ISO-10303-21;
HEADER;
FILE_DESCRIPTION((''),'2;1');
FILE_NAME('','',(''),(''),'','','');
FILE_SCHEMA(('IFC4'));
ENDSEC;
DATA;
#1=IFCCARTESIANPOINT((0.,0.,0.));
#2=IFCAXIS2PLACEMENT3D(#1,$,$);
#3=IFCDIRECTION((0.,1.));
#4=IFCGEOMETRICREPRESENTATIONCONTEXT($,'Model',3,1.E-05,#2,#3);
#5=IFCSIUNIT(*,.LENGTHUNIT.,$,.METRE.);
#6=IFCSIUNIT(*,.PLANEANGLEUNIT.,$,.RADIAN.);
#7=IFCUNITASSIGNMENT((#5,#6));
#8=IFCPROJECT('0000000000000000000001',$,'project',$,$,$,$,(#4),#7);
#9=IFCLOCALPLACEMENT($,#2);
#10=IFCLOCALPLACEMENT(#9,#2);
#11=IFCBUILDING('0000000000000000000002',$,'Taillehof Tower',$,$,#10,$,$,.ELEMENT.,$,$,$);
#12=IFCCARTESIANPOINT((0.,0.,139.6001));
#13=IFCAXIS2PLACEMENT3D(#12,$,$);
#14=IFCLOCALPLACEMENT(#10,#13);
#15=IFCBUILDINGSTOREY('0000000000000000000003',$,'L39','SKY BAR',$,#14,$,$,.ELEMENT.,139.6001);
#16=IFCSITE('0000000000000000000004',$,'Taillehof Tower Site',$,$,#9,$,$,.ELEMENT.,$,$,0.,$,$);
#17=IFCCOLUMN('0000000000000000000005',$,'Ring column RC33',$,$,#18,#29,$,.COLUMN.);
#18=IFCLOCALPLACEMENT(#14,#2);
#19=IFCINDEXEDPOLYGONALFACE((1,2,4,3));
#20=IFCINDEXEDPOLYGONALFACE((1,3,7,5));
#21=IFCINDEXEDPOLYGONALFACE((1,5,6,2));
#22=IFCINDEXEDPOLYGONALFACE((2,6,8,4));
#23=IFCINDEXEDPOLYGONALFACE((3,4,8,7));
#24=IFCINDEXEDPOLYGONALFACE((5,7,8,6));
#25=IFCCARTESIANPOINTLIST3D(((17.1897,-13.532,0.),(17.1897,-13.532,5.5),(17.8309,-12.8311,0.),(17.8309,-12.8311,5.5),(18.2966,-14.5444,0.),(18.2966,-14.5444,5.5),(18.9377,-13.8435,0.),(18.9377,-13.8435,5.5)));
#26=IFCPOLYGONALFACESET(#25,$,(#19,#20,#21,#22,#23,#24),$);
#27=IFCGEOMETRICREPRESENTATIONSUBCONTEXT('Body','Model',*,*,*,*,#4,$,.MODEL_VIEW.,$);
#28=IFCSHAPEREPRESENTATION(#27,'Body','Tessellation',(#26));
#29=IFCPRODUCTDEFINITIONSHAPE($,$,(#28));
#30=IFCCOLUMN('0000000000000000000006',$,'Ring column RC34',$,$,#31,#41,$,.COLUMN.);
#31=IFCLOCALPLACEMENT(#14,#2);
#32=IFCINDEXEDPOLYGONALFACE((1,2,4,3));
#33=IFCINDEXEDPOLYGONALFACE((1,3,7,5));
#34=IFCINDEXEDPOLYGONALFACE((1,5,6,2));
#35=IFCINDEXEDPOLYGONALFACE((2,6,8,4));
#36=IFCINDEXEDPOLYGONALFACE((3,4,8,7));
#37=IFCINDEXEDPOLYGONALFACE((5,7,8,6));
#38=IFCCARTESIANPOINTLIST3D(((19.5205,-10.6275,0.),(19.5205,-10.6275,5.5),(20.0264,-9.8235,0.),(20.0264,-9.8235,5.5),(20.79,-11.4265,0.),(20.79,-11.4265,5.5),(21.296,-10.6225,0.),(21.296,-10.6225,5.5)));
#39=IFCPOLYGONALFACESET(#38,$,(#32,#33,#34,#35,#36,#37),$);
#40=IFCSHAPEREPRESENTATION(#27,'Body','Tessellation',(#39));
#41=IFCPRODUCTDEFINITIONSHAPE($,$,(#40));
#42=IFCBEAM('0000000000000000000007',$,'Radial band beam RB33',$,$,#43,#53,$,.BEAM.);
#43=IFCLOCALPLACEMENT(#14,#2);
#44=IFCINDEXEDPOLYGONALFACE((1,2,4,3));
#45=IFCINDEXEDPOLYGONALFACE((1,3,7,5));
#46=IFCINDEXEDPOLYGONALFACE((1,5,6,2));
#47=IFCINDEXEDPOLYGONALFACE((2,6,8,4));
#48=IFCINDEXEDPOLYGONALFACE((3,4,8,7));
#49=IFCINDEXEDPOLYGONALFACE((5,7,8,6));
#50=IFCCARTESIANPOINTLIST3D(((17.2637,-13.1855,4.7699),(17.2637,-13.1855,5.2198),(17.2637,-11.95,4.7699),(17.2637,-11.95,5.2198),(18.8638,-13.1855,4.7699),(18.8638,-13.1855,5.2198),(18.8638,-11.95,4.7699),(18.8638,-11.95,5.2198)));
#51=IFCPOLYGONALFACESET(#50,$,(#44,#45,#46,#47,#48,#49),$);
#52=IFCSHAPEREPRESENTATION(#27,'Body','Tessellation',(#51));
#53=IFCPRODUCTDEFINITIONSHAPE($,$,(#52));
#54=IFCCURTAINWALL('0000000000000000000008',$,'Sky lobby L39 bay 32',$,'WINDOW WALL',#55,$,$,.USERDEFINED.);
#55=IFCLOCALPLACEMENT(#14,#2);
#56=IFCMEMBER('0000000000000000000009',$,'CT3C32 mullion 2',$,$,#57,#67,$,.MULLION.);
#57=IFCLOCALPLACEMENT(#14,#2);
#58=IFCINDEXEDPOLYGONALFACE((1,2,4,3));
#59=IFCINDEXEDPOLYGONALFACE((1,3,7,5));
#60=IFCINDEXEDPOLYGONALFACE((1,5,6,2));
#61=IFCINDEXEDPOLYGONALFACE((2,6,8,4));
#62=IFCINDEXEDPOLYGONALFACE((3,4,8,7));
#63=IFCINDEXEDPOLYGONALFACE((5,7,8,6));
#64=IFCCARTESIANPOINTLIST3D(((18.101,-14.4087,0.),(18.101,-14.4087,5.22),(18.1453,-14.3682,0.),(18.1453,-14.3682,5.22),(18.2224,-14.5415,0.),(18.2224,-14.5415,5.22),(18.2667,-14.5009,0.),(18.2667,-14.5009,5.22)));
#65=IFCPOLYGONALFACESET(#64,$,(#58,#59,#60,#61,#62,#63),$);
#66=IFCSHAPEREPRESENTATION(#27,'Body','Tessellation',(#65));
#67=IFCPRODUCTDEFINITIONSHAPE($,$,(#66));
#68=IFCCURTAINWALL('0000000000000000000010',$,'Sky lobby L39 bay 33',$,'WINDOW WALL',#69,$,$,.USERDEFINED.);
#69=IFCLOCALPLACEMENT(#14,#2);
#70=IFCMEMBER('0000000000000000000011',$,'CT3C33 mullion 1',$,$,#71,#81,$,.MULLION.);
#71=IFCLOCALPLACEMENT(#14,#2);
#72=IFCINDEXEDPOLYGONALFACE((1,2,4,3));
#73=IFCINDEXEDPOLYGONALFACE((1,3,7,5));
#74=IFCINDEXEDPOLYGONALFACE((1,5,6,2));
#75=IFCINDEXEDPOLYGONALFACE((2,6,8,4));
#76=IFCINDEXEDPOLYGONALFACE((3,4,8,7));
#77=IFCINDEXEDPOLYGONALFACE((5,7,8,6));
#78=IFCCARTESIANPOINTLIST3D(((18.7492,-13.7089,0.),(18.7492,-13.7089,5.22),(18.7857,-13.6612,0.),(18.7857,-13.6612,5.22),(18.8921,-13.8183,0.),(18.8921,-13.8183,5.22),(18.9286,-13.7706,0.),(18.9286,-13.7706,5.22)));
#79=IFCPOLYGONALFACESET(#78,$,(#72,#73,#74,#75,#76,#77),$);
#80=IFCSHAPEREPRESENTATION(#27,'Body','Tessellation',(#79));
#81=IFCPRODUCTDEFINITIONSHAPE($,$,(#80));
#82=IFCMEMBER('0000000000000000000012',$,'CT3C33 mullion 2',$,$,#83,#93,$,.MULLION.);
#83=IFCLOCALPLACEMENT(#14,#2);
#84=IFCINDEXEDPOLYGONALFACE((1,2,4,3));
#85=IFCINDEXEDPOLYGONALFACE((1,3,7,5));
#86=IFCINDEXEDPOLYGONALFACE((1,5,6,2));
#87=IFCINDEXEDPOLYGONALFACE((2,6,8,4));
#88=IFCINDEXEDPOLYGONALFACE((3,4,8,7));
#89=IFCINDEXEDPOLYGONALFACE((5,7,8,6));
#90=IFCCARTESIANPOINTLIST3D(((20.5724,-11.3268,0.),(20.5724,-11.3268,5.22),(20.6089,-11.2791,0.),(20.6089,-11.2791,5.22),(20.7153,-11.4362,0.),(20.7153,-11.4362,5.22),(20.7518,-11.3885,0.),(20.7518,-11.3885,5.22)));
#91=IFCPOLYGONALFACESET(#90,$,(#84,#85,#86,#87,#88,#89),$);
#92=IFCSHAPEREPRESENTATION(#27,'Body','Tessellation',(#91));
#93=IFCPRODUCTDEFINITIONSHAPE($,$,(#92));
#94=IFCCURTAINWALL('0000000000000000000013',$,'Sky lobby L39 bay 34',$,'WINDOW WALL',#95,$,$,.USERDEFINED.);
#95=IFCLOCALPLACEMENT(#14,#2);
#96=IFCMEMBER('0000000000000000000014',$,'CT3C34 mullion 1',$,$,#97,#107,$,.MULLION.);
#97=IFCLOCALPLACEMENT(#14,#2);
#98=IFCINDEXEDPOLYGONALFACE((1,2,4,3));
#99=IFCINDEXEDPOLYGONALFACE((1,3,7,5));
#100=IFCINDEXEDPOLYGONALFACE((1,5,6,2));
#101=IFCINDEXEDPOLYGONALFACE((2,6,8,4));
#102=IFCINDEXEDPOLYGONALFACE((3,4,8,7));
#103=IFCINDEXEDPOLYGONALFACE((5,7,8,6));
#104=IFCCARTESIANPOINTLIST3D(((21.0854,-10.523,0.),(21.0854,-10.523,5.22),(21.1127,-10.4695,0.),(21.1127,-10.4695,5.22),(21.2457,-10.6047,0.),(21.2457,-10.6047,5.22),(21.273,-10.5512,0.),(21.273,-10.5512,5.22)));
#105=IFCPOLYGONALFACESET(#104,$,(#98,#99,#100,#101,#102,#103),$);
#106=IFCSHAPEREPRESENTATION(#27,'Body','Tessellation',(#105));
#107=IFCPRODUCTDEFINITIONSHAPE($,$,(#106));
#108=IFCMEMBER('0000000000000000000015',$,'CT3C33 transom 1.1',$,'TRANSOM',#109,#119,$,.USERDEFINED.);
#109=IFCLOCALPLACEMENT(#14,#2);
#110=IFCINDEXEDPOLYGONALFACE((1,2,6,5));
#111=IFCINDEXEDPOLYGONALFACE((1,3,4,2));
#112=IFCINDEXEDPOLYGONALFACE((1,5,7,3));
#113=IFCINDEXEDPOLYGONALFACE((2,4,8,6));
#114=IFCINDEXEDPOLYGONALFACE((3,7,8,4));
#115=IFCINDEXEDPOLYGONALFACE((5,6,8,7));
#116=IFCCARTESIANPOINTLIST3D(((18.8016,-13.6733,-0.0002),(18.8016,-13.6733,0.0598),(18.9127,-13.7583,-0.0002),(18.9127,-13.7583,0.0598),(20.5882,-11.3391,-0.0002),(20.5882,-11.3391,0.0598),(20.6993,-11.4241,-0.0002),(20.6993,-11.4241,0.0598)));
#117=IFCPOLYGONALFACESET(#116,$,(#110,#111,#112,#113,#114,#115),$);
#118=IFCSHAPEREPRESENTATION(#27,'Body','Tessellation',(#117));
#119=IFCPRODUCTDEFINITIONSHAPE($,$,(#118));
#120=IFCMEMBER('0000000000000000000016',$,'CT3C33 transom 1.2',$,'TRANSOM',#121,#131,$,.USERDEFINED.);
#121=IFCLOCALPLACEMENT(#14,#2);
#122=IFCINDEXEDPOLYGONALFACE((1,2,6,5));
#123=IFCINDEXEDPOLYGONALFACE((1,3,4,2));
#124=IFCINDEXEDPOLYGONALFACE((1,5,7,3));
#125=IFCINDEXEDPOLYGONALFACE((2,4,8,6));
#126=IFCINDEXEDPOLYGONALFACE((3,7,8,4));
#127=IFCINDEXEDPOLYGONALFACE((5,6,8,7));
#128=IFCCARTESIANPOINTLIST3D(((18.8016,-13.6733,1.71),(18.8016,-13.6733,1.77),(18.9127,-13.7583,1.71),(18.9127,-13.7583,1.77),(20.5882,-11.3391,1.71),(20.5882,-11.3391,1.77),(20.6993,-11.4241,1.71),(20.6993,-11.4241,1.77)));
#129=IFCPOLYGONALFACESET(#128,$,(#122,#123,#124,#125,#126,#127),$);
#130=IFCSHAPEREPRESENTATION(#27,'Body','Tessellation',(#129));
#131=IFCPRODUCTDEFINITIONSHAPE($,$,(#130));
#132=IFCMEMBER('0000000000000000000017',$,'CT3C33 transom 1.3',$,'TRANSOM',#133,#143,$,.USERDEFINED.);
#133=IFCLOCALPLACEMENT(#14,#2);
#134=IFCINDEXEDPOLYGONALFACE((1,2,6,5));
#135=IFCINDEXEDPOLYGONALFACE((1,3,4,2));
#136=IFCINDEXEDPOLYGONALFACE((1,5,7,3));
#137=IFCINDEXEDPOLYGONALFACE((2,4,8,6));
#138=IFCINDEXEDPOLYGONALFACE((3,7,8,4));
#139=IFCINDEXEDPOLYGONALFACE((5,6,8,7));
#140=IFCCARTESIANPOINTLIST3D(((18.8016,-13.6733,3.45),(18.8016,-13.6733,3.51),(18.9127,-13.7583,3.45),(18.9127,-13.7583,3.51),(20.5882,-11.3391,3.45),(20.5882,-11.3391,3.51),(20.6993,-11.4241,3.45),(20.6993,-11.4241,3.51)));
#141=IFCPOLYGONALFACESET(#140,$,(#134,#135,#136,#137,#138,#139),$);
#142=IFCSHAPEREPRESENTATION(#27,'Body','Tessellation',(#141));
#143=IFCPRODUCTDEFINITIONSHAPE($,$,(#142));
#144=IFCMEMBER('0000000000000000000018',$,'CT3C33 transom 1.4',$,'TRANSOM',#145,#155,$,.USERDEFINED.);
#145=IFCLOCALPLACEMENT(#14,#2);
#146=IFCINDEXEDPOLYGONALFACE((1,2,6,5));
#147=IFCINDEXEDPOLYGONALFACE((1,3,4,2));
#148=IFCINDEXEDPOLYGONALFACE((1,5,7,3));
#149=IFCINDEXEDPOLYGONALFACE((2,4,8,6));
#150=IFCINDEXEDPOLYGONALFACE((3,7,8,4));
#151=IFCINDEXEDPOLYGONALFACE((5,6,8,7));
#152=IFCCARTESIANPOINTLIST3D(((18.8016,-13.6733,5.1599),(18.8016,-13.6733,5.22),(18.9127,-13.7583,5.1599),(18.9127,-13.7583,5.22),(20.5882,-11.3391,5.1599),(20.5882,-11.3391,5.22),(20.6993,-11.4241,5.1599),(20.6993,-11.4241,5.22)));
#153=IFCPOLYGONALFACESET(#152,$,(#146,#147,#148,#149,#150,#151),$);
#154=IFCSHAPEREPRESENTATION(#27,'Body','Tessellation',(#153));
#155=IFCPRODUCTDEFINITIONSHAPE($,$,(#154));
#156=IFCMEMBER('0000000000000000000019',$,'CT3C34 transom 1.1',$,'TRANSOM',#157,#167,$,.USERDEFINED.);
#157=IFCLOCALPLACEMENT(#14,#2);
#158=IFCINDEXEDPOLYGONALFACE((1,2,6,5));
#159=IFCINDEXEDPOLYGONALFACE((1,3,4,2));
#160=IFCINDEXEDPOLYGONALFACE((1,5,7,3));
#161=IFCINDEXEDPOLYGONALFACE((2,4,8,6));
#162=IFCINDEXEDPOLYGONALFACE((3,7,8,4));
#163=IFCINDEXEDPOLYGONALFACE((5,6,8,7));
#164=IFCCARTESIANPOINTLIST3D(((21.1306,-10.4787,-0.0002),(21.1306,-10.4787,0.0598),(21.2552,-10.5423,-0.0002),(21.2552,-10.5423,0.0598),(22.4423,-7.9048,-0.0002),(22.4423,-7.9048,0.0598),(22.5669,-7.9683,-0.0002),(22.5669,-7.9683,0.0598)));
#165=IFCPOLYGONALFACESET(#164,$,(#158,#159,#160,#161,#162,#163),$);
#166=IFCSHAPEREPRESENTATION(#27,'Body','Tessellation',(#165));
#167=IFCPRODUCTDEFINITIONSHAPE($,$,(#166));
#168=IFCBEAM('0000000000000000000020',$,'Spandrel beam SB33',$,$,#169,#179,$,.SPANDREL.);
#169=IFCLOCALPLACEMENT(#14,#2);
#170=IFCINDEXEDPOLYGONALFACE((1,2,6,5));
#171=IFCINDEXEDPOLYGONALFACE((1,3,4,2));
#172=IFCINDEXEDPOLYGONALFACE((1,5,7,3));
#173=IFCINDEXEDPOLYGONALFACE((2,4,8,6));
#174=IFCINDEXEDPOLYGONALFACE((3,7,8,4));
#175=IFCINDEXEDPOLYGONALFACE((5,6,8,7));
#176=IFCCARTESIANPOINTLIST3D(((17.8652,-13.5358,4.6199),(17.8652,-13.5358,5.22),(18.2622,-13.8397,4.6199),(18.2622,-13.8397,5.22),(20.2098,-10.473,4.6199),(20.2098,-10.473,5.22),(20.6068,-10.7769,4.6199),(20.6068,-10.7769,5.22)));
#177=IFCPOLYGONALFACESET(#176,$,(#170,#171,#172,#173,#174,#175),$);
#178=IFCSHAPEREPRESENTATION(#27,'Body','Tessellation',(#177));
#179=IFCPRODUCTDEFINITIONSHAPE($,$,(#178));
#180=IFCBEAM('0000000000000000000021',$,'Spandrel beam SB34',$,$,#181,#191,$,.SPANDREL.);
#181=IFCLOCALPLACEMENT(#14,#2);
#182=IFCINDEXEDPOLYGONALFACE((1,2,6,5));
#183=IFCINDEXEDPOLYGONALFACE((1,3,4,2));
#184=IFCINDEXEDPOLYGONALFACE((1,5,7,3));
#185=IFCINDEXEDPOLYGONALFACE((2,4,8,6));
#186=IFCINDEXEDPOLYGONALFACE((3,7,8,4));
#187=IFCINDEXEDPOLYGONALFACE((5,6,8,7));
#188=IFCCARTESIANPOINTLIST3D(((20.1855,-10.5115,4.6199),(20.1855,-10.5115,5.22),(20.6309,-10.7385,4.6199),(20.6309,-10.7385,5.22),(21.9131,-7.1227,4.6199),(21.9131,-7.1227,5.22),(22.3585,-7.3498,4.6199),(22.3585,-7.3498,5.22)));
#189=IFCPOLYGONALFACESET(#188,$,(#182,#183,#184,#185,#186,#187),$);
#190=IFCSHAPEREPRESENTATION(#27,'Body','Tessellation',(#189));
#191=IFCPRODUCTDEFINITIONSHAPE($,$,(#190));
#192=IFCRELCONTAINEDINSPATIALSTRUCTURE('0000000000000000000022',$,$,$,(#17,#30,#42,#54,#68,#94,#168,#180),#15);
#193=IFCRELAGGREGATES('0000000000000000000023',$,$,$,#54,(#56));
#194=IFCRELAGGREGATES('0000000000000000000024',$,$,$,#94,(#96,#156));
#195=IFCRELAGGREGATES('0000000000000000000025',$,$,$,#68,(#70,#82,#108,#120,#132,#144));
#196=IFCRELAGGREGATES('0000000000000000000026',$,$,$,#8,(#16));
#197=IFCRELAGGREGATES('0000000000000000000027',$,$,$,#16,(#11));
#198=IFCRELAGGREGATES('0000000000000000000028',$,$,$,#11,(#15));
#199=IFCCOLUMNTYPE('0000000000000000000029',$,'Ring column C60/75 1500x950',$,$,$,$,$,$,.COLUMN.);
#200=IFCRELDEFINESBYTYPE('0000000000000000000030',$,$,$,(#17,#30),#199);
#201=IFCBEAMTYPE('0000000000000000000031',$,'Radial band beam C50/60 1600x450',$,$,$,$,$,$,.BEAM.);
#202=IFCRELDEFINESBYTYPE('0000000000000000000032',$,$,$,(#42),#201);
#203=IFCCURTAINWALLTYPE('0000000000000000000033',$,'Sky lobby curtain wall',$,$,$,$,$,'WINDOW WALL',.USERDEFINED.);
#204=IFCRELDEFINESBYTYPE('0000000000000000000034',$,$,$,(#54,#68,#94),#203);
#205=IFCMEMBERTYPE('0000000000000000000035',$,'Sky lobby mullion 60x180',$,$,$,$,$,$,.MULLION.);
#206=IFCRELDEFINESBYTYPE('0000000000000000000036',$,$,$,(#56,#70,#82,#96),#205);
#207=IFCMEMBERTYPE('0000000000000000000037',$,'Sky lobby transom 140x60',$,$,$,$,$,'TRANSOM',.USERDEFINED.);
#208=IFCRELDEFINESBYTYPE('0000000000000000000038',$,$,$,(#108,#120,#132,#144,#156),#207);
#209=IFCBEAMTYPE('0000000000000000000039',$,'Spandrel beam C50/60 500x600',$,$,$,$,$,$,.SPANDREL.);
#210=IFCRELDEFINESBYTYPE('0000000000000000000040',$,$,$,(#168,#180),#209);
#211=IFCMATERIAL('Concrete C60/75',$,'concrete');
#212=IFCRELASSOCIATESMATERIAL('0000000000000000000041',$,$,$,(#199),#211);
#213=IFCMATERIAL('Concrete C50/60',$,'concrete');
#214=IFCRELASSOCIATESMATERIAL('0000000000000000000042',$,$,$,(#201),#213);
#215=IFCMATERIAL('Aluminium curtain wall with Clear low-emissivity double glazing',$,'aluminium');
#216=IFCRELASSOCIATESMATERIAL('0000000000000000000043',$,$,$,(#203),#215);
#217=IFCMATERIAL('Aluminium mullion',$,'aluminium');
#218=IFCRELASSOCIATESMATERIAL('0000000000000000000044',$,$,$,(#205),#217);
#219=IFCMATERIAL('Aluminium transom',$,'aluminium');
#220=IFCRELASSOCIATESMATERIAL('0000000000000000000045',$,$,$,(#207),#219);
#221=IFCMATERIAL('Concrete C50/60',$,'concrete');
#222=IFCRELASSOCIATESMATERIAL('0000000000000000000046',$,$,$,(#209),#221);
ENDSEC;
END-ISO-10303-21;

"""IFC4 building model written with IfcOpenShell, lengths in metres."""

from ifc_helpers import new_model, si_unit, direction, frame, origin, origin_2d, place, context, subcontext, project, spatial, rectangle, extrude, material, material_profile, profile_set, type_object, element, aggregate, save


model = new_model("IFC4")

# Units and contexts
model_context = context("Model", 3, precision=1e-05, world=origin(), true_north=direction((0.0, 1.0)))
body_context = subcontext(model_context, "Body", "Model", "MODEL_VIEW")
ifc_project = project(units=[si_unit("LENGTHUNIT", "METRE"), si_unit("PLANEANGLEUNIT", "RADIAN")], contexts=[model_context])

# Site, building, storey
site_placement = place(None, origin())
site = spatial("IfcSite", under=ifc_project, at=site_placement, Name="Taillehof Tower Site", CompositionType="ELEMENT", RefElevation=0.0)
building_placement = place(site_placement, origin())
building = spatial("IfcBuilding", under=site, at=building_placement, Name="Taillehof Tower", CompositionType="ELEMENT")
storey_placement = place(building_placement, frame((0.0, 0.0, 139.6001)))
storey = spatial("IfcBuildingStorey", under=building, at=storey_placement, Name="L39", Description="SKY BAR", CompositionType="ELEMENT", Elevation=139.6001)

# Columns
ifc_material_1 = material(Name="Concrete C60/75", Category="concrete")
ifc_material_profile_1 = material_profile(ifc_material_1, rectangle(XDim=1.5, YDim=0.95, at=origin_2d()), Name="RC 1500x950")
ifc_profile_set_1 = profile_set([ifc_material_profile_1], Name="Concrete C60/75")
column_type = type_object("IfcColumnType", Name="Ring column C60/75 1500x950", PredefinedType="COLUMN", material=ifc_profile_set_1)
for number, where, z_axis, x_axis, name in (
    (1, (18.0637, -13.6877, 0.0), (0.0, 0.0, 1.0), (0.737879, -0.674933, 0.0), "Ring column RC33"),
    (2, (20.4082, -10.625, 0.0), (0.0, 0.0, 1.0), (0.846334, -0.532652, 0.0), "Ring column RC34"),
):
    element("IfcColumn", number, at=place(storey_placement, frame(where, z_axis=z_axis, x_axis=x_axis)), inside=storey, type_object=column_type, Name=name, PredefinedType="COLUMN", context=body_context, shape_type="SweptSolid", body=[
        extrude(rectangle(XDim=1.5, YDim=0.95, at=origin_2d()), origin(), (0.0, 0.0, 1.0), 5.5),
    ])

# Beam
ifc_material_2 = material(Name="Concrete C50/60", Category="concrete")
ifc_material_profile_2 = material_profile(ifc_material_2, rectangle(XDim=1.6001, YDim=0.45, at=origin_2d()), Name="RC 1600x450")
ifc_profile_set_2 = profile_set([ifc_material_profile_2], Name="Concrete C50/60")
beam_type_1 = type_object("IfcBeamType", Name="Radial band beam C50/60 1600x450", PredefinedType="BEAM", material=ifc_profile_set_2)
beam_1_placement = place(storey_placement, frame((18.0637, -13.1855, 4.9949), z_axis=(0.0, 1.0, 0.0), x_axis=(-1.0, 0.0, 0.0)))
element("IfcBeam", 3, at=beam_1_placement, inside=storey, type_object=beam_type_1, Name="Radial band beam RB33", PredefinedType="BEAM", context=body_context, shape_type="SweptSolid", body=[
    extrude(rectangle(XDim=1.6001, YDim=0.45, at=origin_2d()), origin(), (0.0, 0.0, 1.0), 1.2356),
])

# Curtain wall, member
ifc_material_3 = material(Name="Aluminium curtain wall with Clear low-emissivity double glazing", Category="aluminium")
curtain_wall_type = type_object("IfcCurtainWallType", Name="Sky lobby curtain wall", ElementType="WINDOW WALL", PredefinedType="USERDEFINED", material=ifc_material_3)
curtain_wall_1_placement = place(storey_placement, origin())
curtain_wall_1 = element("IfcCurtainWall", 4, at=curtain_wall_1_placement, inside=storey, type_object=curtain_wall_type, Name="Sky lobby L39 bay 32", ObjectType="WINDOW WALL", PredefinedType="USERDEFINED")
ifc_material_4 = material(Name="Aluminium mullion", Category="aluminium")
ifc_material_profile_3 = material_profile(ifc_material_4, rectangle(XDim=0.1799, YDim=0.0601, at=origin_2d()), Name="AL 60x180")
ifc_profile_set_3 = profile_set([ifc_material_profile_3], Name="Aluminium mullion")
member_type_1 = type_object("IfcMemberType", Name="Sky lobby mullion 60x180", PredefinedType="MULLION", material=ifc_profile_set_3)
member_1_placement = place(storey_placement, frame((18.1838, -14.4548, 0.0), z_axis=(0.0, 0.0, 1.0), x_axis=(-0.67499, 0.737827, 0.0)))
member_1 = element("IfcMember", 5, at=member_1_placement, type_object=member_type_1, Name="CT3C32 mullion 2", PredefinedType="MULLION", context=body_context, shape_type="SweptSolid", body=[
    extrude(rectangle(XDim=0.1799, YDim=0.0601, at=origin_2d()), origin(), (0.0, 0.0, 1.0), 5.22),
])
aggregate(curtain_wall_1, [member_1])

# Curtain wall, members
curtain_wall_2_placement = place(storey_placement, origin())
curtain_wall_2 = element("IfcCurtainWall", 6, at=curtain_wall_2_placement, inside=storey, type_object=curtain_wall_type, Name="Sky lobby L39 bay 33", ObjectType="WINDOW WALL", PredefinedType="USERDEFINED")
member_2_placement = place(storey_placement, frame((18.8389, -13.7397, 0.0), z_axis=(0.0, 0.0, 1.0), x_axis=(-0.794097, 0.607791, 0.0)))
member_2 = element("IfcMember", 7, at=member_2_placement, type_object=member_type_1, Name="CT3C33 mullion 1", PredefinedType="MULLION", context=body_context, shape_type="SweptSolid", body=[
    extrude(rectangle(XDim=0.1799, YDim=0.0601, at=origin_2d()), origin(), (0.0, 0.0, 1.0), 5.22),
])
member_3_placement = place(storey_placement, frame((20.6621, -11.3577, 0.0), z_axis=(0.0, 0.0, 1.0), x_axis=(-0.794097, 0.607791, 0.0)))
member_3 = element("IfcMember", 8, at=member_3_placement, type_object=member_type_1, Name="CT3C33 mullion 2", PredefinedType="MULLION", context=body_context, shape_type="SweptSolid", body=[
    extrude(rectangle(XDim=0.1799, YDim=0.0601, at=origin_2d()), origin(), (0.0, 0.0, 1.0), 5.22),
])

# Curtain wall, member
curtain_wall_3_placement = place(storey_placement, origin())
curtain_wall_3 = element("IfcCurtainWall", 9, at=curtain_wall_3_placement, inside=storey, type_object=curtain_wall_type, Name="Sky lobby L39 bay 34", ObjectType="WINDOW WALL", PredefinedType="USERDEFINED")
member_4_placement = place(storey_placement, frame((21.1792, -10.5371, 0.0), z_axis=(0.0, 0.0, 1.0), x_axis=(-0.89094, 0.454121, 0.0)))
member_4 = element("IfcMember", 10, at=member_4_placement, type_object=member_type_1, Name="CT3C34 mullion 1", PredefinedType="MULLION", context=body_context, shape_type="SweptSolid", body=[
    extrude(rectangle(XDim=0.1799, YDim=0.0601, at=origin_2d()), origin(), (0.0, 0.0, 1.0), 5.22),
])

# Members
ifc_material_5 = material(Name="Aluminium transom", Category="aluminium")
ifc_material_profile_4 = material_profile(ifc_material_5, rectangle(XDim=0.1399, YDim=0.0601, at=origin_2d()), Name="AL 140x60")
ifc_profile_set_4 = profile_set([ifc_material_profile_4], Name="Aluminium transom")
member_type_2 = type_object("IfcMemberType", Name="Sky lobby transom 140x60", ElementType="TRANSOM", PredefinedType="USERDEFINED", material=ifc_profile_set_4)
member_5_placement = place(storey_placement, frame((18.8572, -13.7158, 0.0298), z_axis=(0.607798, 0.794091, 0.0), x_axis=(-0.794091, 0.607798, 0.0)))
member_5 = element("IfcMember", 11, at=member_5_placement, type_object=member_type_2, Name="CT3C33 transom 1.1", ObjectType="TRANSOM", PredefinedType="USERDEFINED", context=body_context, shape_type="SweptSolid", body=[
    extrude(rectangle(XDim=0.1399, YDim=0.0601, at=origin_2d()), origin(), (0.0, 0.0, 1.0), 2.9395),
])
member_6_placement = place(storey_placement, frame((18.8572, -13.7158, 1.74), z_axis=(0.607798, 0.794091, 0.0), x_axis=(-0.794091, 0.607798, 0.0)))
member_6 = element("IfcMember", 12, at=member_6_placement, type_object=member_type_2, Name="CT3C33 transom 1.2", ObjectType="TRANSOM", PredefinedType="USERDEFINED", context=body_context, shape_type="SweptSolid", body=[
    extrude(rectangle(XDim=0.1399, YDim=0.0601, at=origin_2d()), origin(), (0.0, 0.0, 1.0), 2.9395),
])
member_7_placement = place(storey_placement, frame((18.8572, -13.7158, 3.48), z_axis=(0.607798, 0.794091, 0.0), x_axis=(-0.794091, 0.607798, 0.0)))
member_7 = element("IfcMember", 13, at=member_7_placement, type_object=member_type_2, Name="CT3C33 transom 1.3", ObjectType="TRANSOM", PredefinedType="USERDEFINED", context=body_context, shape_type="SweptSolid", body=[
    extrude(rectangle(XDim=0.1399, YDim=0.0601, at=origin_2d()), origin(), (0.0, 0.0, 1.0), 2.9395),
])
member_8_placement = place(storey_placement, frame((18.8572, -13.7158, 5.1899), z_axis=(0.607798, 0.794091, 0.0), x_axis=(-0.794091, 0.607798, 0.0)))
member_8 = element("IfcMember", 14, at=member_8_placement, type_object=member_type_2, Name="CT3C33 transom 1.4", ObjectType="TRANSOM", PredefinedType="USERDEFINED", context=body_context, shape_type="SweptSolid", body=[
    extrude(rectangle(XDim=0.1399, YDim=0.0601, at=origin_2d()), origin(), (0.0, 0.0, 1.0), 2.9395),
])
member_9_placement = place(storey_placement, frame((21.1929, -10.5105, 0.0298), z_axis=(0.454062, 0.89097, 0.0), x_axis=(-0.89097, 0.454062, 0.0)))
member_9 = element("IfcMember", 15, at=member_9_placement, type_object=member_type_2, Name="CT3C34 transom 1.1", ObjectType="TRANSOM", PredefinedType="USERDEFINED", context=body_context, shape_type="SweptSolid", body=[
    extrude(rectangle(XDim=0.1399, YDim=0.0601, at=origin_2d()), origin(), (0.0, 0.0, 1.0), 2.8889),
])
aggregate(curtain_wall_3, [member_4, member_9])

# Beams
ifc_material_6 = material(Name="Concrete C50/60", Category="concrete")
ifc_material_profile_5 = material_profile(ifc_material_6, rectangle(XDim=0.5, YDim=0.6001, at=origin_2d()), Name="RC 500x600")
ifc_profile_set_5 = profile_set([ifc_material_profile_5], Name="Concrete C50/60")
beam_type_2 = type_object("IfcBeamType", Name="Spandrel beam C50/60 500x600", PredefinedType="SPANDREL", material=ifc_profile_set_5)
beam_2_placement = place(storey_placement, frame((18.0637, -13.6877, 4.9199), z_axis=(0.60784, 0.794059, 0.0), x_axis=(-0.794059, 0.60784, 0.0)))
element("IfcBeam", 16, at=beam_2_placement, inside=storey, type_object=beam_type_2, Name="Spandrel beam SB33", PredefinedType="SPANDREL", context=body_context, shape_type="SweptSolid", body=[
    extrude(rectangle(XDim=0.5, YDim=0.6001, at=origin_2d()), origin(), (0.0, 0.0, 1.0), 3.8572),
])
beam_3_placement = place(storey_placement, frame((20.4082, -10.625, 4.9199), z_axis=(0.454183, 0.890908, 0.0), x_axis=(-0.890908, 0.454183, 0.0)))
element("IfcBeam", 17, at=beam_3_placement, inside=storey, type_object=beam_type_2, Name="Spandrel beam SB34", PredefinedType="SPANDREL", context=body_context, shape_type="SweptSolid", body=[
    extrude(rectangle(XDim=0.5, YDim=0.6001, at=origin_2d()), origin(), (0.0, 0.0, 1.0), 3.8037),
])

aggregate(curtain_wall_2, [member_2, member_3, member_5, member_6, member_7, member_8])

save(model, "model.ifc")
